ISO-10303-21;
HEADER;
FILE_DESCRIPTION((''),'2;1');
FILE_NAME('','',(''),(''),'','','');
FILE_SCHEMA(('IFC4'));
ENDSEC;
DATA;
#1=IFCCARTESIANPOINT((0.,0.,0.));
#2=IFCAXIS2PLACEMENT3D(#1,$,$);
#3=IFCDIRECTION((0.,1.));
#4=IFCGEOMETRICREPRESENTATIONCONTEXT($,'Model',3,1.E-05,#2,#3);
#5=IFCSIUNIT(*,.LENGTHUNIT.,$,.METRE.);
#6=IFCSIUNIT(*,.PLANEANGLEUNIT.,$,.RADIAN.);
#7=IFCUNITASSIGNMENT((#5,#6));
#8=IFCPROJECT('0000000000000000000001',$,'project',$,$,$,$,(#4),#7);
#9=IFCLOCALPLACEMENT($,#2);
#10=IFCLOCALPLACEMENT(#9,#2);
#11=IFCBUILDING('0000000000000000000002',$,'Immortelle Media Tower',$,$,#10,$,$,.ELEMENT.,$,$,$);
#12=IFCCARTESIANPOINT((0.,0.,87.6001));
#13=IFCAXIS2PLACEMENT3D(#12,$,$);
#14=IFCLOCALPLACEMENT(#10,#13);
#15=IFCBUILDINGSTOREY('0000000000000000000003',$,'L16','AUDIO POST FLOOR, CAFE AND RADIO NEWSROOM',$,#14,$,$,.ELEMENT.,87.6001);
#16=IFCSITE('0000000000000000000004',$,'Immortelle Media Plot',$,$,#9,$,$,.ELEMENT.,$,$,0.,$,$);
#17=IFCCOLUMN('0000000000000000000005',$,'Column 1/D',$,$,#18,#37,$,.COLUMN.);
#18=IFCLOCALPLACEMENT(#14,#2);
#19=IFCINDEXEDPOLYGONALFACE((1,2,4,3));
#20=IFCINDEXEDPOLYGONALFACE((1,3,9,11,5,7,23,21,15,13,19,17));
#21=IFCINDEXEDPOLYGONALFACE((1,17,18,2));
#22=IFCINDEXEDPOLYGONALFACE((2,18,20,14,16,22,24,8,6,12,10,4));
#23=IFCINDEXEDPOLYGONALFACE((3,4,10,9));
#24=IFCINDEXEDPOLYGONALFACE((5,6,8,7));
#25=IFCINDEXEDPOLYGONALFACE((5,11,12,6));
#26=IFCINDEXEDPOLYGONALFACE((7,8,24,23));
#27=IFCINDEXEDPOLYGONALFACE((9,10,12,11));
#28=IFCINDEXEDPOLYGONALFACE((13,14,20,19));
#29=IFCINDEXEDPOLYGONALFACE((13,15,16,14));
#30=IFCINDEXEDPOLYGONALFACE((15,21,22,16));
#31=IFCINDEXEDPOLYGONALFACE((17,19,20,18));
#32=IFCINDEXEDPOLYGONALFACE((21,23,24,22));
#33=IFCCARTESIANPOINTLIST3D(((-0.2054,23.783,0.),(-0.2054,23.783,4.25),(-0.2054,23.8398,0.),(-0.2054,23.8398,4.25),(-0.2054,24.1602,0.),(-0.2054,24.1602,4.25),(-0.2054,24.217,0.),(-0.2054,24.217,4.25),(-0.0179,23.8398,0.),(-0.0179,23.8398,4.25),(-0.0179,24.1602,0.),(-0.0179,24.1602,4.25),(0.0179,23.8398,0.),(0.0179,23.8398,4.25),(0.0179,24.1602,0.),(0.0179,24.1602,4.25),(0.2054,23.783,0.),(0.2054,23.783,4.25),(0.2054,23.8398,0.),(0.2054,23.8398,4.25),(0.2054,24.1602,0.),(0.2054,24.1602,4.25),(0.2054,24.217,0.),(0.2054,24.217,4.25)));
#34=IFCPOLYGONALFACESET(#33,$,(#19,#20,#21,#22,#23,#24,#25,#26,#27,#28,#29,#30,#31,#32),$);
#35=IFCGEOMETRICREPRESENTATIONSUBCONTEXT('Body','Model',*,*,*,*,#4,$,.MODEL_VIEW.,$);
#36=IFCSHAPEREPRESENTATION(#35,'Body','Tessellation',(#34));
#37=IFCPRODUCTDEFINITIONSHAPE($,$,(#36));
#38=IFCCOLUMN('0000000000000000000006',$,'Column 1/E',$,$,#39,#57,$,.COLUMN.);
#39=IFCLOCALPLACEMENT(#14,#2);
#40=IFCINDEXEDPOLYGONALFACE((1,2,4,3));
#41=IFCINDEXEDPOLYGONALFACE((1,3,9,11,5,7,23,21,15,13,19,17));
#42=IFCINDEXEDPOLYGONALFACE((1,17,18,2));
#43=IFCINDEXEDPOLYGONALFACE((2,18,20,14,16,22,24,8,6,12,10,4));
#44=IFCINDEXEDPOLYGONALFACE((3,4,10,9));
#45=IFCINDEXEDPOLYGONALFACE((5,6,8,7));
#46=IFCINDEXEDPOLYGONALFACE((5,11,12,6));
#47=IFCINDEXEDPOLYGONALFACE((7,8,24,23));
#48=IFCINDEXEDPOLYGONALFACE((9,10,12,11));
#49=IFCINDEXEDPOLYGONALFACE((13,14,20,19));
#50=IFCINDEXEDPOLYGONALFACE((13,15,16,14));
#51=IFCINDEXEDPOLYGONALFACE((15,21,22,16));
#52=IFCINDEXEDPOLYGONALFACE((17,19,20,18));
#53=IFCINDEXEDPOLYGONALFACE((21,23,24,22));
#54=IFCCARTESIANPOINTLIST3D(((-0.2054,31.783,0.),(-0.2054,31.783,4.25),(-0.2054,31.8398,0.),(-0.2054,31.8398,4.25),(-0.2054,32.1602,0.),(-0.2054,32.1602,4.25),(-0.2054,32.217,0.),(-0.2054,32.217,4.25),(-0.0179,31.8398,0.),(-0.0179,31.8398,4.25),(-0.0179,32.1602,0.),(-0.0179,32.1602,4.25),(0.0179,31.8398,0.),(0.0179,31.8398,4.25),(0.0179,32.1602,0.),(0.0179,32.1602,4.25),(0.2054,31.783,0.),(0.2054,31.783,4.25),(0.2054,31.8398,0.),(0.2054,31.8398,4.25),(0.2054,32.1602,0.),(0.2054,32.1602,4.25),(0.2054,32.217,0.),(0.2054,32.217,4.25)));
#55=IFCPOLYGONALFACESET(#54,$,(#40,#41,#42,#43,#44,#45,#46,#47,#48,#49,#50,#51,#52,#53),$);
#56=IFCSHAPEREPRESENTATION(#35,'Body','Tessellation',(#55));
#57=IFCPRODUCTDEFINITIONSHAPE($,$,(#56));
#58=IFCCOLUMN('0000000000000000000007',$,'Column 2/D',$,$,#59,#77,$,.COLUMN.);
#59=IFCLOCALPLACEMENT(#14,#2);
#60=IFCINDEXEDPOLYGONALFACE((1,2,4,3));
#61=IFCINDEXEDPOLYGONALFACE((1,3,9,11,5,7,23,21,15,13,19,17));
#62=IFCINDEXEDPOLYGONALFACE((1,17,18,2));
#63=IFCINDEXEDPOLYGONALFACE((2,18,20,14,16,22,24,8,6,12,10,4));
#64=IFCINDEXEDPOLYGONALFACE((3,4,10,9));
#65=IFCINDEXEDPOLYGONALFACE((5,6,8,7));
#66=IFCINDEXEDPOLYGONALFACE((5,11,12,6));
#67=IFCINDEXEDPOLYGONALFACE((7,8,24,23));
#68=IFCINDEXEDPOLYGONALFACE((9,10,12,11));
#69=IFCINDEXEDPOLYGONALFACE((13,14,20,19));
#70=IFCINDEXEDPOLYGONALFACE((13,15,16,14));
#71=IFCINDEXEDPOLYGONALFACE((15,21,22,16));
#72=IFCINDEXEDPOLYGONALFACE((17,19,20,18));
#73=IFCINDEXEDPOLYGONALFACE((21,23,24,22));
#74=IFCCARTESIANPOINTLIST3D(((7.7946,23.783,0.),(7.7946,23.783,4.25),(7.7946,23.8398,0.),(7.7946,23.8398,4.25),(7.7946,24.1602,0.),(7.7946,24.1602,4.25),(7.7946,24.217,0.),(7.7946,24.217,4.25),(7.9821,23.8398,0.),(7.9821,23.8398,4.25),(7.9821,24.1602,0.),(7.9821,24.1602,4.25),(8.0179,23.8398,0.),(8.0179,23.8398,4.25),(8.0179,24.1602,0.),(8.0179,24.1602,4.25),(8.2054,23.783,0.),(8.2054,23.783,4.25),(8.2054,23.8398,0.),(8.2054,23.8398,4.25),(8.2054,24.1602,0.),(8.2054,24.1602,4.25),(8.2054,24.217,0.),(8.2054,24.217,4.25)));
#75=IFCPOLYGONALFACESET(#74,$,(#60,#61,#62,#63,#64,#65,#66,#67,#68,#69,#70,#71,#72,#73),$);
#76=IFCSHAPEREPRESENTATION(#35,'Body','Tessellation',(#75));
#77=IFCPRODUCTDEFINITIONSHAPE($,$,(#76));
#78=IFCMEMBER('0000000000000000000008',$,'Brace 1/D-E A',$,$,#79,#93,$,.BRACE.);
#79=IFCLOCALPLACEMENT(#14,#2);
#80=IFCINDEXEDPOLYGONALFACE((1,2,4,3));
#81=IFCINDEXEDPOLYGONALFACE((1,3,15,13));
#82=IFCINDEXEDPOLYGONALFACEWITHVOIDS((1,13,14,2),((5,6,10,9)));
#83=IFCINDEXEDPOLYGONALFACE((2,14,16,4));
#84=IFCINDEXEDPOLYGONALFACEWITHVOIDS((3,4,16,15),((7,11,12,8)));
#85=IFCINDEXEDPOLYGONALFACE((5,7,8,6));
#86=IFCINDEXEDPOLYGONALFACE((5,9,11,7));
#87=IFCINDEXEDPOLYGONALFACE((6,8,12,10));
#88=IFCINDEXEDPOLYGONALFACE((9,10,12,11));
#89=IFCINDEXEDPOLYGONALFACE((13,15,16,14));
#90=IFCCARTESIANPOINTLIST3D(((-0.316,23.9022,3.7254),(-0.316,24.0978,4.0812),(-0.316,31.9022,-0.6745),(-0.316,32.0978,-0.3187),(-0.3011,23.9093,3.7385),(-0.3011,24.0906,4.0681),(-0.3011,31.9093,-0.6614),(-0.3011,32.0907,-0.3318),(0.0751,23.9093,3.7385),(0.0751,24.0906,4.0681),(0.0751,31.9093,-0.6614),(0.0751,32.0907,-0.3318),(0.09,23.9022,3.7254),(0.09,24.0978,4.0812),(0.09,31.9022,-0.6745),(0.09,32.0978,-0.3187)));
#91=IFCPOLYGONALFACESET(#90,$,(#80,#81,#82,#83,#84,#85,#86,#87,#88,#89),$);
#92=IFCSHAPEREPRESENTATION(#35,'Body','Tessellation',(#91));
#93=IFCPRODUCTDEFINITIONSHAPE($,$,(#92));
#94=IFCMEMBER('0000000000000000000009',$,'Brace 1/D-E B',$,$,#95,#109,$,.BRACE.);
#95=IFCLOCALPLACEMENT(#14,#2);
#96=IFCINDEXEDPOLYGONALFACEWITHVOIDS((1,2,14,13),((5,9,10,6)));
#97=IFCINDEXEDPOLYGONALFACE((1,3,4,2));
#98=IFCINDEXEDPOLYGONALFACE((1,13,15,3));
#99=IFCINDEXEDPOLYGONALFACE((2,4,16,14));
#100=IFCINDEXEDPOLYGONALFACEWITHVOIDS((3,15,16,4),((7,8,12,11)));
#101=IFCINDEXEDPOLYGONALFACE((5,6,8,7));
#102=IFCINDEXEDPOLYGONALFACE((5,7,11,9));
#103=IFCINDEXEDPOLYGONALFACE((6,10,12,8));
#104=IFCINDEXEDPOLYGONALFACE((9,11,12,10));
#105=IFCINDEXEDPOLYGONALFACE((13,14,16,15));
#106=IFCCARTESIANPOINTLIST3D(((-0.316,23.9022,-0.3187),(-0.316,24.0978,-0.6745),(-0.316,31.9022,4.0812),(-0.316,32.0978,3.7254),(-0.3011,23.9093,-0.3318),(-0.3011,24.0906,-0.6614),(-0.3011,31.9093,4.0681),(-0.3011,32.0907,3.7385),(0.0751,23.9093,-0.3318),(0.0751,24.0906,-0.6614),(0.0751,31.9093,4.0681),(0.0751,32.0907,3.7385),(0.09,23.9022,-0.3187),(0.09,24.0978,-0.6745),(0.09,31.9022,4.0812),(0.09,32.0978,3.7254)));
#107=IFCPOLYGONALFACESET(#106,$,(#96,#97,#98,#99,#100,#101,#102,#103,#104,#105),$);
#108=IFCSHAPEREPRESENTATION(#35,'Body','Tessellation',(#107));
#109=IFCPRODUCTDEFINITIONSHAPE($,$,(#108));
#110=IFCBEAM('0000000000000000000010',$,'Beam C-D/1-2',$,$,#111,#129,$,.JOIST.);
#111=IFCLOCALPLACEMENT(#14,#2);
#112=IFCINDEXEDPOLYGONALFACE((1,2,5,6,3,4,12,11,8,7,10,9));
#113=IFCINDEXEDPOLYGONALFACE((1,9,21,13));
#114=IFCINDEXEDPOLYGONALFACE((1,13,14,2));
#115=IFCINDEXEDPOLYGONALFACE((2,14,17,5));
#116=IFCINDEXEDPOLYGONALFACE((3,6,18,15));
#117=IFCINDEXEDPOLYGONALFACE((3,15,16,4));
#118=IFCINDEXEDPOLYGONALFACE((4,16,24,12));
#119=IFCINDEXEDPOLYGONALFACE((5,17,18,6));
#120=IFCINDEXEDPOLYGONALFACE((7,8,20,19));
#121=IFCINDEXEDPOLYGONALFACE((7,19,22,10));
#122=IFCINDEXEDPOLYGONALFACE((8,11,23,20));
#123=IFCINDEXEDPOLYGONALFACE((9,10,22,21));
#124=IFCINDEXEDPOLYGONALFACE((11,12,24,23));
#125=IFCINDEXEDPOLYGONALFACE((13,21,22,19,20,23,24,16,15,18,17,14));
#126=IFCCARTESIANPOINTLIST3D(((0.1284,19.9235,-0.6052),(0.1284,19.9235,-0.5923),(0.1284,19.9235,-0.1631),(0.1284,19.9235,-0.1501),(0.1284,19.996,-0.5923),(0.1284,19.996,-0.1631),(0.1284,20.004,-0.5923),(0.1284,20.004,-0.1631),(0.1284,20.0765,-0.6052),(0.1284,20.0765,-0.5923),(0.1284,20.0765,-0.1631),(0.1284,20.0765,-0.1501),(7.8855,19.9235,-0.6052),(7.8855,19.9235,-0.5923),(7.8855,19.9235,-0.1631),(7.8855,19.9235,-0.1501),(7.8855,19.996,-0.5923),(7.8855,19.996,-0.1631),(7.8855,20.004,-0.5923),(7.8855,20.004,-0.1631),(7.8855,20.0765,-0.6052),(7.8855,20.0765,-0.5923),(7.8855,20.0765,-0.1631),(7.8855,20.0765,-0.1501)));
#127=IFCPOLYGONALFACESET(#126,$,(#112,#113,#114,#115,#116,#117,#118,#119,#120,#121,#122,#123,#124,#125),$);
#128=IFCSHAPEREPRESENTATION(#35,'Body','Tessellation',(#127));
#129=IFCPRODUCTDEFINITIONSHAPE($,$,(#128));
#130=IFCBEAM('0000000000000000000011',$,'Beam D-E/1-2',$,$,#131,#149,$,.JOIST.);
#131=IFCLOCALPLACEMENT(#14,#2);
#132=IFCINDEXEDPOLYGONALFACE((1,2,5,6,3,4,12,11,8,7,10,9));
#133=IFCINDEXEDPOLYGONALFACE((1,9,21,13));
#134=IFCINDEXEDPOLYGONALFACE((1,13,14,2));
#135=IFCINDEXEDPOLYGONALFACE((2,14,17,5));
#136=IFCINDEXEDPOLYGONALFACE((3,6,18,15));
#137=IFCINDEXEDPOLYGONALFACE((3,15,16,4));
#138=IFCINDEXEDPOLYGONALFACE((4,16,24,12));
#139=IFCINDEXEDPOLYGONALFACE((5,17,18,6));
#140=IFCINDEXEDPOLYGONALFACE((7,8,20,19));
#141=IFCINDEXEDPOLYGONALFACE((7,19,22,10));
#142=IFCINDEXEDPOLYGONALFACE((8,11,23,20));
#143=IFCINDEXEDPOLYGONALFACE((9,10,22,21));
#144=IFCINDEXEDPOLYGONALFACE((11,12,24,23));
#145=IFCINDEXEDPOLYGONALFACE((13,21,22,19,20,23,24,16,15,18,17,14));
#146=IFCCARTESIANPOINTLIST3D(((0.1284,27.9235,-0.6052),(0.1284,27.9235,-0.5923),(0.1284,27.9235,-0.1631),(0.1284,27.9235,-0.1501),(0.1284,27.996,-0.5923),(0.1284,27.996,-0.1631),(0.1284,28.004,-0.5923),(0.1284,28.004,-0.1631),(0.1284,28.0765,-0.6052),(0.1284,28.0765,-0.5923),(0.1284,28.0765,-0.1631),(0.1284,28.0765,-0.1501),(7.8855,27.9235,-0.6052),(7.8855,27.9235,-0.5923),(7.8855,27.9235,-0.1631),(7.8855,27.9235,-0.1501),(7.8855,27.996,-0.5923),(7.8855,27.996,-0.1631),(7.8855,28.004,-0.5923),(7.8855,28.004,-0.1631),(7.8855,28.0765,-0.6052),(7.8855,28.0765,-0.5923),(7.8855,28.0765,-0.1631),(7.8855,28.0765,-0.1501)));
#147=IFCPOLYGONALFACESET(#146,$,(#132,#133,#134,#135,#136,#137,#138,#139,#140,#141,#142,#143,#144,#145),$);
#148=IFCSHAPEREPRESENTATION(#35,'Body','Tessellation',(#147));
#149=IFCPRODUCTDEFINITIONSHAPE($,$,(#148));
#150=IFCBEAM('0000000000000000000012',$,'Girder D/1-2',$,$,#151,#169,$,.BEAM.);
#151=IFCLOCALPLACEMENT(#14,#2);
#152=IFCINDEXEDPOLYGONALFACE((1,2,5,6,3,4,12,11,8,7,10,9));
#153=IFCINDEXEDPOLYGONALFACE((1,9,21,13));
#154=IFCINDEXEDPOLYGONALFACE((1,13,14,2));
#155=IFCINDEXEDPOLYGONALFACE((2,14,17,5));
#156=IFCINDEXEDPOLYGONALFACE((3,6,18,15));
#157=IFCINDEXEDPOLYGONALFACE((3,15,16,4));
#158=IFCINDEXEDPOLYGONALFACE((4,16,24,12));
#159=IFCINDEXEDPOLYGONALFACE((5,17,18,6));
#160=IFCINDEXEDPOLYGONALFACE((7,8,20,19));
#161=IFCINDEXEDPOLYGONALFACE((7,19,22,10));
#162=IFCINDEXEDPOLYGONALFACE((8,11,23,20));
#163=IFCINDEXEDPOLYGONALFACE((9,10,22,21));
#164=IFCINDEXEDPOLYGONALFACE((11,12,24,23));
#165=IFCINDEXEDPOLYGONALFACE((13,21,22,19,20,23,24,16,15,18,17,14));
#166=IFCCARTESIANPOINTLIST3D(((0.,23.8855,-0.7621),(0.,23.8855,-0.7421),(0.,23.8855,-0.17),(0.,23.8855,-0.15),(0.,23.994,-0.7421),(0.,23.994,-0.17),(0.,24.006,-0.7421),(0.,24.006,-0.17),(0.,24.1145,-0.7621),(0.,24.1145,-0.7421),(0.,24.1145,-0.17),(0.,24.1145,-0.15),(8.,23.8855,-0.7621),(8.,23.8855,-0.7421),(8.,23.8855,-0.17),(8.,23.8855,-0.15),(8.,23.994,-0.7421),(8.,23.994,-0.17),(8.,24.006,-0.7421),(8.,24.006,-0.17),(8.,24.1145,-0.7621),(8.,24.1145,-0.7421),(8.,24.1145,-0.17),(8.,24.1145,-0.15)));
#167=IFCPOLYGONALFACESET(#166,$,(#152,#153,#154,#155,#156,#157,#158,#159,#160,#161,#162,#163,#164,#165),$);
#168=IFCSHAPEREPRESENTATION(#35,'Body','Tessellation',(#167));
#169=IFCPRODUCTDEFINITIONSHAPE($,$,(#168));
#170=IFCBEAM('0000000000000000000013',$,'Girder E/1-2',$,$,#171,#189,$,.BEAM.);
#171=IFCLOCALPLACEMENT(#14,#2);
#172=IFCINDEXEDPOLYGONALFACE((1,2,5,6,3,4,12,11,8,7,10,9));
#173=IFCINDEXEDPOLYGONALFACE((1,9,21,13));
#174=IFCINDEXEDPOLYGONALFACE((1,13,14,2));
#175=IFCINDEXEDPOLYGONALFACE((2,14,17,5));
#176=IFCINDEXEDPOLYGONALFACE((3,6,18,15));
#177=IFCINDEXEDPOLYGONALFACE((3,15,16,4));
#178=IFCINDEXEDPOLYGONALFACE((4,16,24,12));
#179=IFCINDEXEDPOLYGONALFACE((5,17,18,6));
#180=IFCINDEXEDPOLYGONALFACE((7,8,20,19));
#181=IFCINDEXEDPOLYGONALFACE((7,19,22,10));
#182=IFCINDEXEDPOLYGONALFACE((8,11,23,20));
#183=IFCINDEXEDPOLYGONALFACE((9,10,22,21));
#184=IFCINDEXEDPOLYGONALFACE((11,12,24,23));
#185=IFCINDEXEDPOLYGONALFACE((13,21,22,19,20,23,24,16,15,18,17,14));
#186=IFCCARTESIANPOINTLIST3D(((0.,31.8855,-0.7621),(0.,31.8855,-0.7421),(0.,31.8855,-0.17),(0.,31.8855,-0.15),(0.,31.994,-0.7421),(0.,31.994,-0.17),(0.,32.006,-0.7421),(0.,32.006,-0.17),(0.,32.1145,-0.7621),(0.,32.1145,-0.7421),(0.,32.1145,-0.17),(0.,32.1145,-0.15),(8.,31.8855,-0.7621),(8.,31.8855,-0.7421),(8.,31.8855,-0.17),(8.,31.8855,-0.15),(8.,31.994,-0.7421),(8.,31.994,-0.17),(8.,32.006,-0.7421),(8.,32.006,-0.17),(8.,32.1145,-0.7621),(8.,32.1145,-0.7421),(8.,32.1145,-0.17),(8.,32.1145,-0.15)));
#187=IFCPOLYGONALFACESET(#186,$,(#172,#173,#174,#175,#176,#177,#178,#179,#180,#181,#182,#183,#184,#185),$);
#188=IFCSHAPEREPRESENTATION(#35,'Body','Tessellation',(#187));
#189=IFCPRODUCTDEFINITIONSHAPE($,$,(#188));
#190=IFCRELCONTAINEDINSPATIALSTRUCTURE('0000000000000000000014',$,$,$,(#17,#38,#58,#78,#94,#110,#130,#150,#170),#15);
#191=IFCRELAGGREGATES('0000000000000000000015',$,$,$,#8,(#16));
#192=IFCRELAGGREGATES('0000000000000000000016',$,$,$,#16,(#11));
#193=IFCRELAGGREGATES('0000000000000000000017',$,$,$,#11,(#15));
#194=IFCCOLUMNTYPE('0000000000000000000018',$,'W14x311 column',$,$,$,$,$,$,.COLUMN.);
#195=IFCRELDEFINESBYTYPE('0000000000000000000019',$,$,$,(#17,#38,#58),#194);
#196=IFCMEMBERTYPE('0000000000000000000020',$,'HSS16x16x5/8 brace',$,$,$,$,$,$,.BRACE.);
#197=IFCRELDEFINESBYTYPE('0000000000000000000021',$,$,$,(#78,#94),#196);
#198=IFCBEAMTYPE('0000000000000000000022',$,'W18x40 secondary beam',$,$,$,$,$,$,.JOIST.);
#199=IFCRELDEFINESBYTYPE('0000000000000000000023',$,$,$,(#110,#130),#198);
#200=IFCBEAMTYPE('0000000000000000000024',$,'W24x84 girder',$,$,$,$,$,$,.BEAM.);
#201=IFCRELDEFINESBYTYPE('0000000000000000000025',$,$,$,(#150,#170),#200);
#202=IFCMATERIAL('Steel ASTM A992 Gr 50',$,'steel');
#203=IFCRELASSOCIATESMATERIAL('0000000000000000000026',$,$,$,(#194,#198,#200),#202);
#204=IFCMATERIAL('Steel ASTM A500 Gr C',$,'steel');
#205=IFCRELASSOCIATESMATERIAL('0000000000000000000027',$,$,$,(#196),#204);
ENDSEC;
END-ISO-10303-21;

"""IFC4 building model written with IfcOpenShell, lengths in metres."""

from ifc_helpers import new_model, si_unit, direction, frame, origin, origin_2d, place, context, subcontext, project, spatial, hollow_rectangle, i_section, extrude, material, material_profile, profile_set, type_object, element, save


model = new_model("IFC4")

# Units and contexts
model_context = context("Model", 3, precision=1e-05, world=origin(), true_north=direction((0.0, 1.0)))
body_context = subcontext(model_context, "Body", "Model", "MODEL_VIEW")
ifc_project = project(units=[si_unit("LENGTHUNIT", "METRE"), si_unit("PLANEANGLEUNIT", "RADIAN")], contexts=[model_context])

# Site, building, storey
site_placement = place(None, origin())
site = spatial("IfcSite", under=ifc_project, at=site_placement, Name="Immortelle Media Plot", CompositionType="ELEMENT", RefElevation=0.0)
building_placement = place(site_placement, origin())
building = spatial("IfcBuilding", under=site, at=building_placement, Name="Immortelle Media Tower", CompositionType="ELEMENT")
storey_placement = place(building_placement, frame((0.0, 0.0, 87.6001)))
storey = spatial("IfcBuildingStorey", under=building, at=storey_placement, Name="L16", Description="AUDIO POST FLOOR, CAFE AND RADIO NEWSROOM", CompositionType="ELEMENT", Elevation=87.6001)

# Columns
ifc_material_1 = material(Name="Steel ASTM A992 Gr 50", Category="steel")
ifc_material_profile_1 = material_profile(ifc_material_1, i_section(OverallWidth=0.4109, OverallDepth=0.4341, WebThickness=0.0359, FlangeThickness=0.0569, at=origin_2d()), Name="W14x311")
ifc_profile_set_1 = profile_set([ifc_material_profile_1], Name="Steel ASTM A992 Gr 50")
column_type = type_object("IfcColumnType", Name="W14x311 column", PredefinedType="COLUMN", material=ifc_profile_set_1)
for number, where, z_axis, x_axis, name in (
    (1, (0.0, 24.0, 0.0), (0.0, 0.0, 1.0), (1.0, 0.0, 0.0), "Column 1/D"),
    (2, (0.0, 32.0, 0.0), (0.0, 0.0, 1.0), (1.0, 0.0, 0.0), "Column 1/E"),
    (3, (8.0, 24.0, 0.0), (0.0, 0.0, 1.0), (1.0, 0.0, 0.0), "Column 2/D"),
):
    element("IfcColumn", number, at=place(storey_placement, frame(where, z_axis=z_axis, x_axis=x_axis)), inside=storey, type_object=column_type, Name=name, PredefinedType="COLUMN", context=body_context, shape_type="SweptSolid", body=[
        extrude(i_section(OverallWidth=0.4109, OverallDepth=0.4341, WebThickness=0.0359, FlangeThickness=0.0569, at=origin_2d()), origin(), (0.0, 0.0, 1.0), 4.25),
    ])

# Members
ifc_material_2 = material(Name="Steel ASTM A500 Gr C", Category="steel")
ifc_material_profile_2 = material_profile(ifc_material_2, hollow_rectangle(XDim=0.406, YDim=0.406, WallThickness=0.0149, at=origin_2d()), Name="HSS16x16x5/8 brace")
ifc_profile_set_2 = profile_set([ifc_material_profile_2], Name="Steel ASTM A500 Gr C")
member_type = type_object("IfcMemberType", Name="HSS16x16x5/8 brace", PredefinedType="BRACE", material=ifc_profile_set_2)
for number, where, z_axis, x_axis, name in (
    (4, (-0.113, 32.0, -0.4966), (0.0, -0.87622, 0.481911), (1.0, 0.0, 0.0), "Brace 1/D-E A"),
    (5, (-0.113, 32.0, 3.9033), (0.0, -0.87622, -0.481911), (1.0, 0.0, 0.0), "Brace 1/D-E B"),
):
    element("IfcMember", number, at=place(storey_placement, frame(where, z_axis=z_axis, x_axis=x_axis)), inside=storey, type_object=member_type, Name=name, PredefinedType="BRACE", context=body_context, shape_type="SweptSolid", body=[
        extrude(hollow_rectangle(XDim=0.406, YDim=0.406, WallThickness=0.0149, at=origin_2d()), origin(), (0.0, 0.0, 1.0), 9.1301),
    ])

# Beams
ifc_material_profile_3 = material_profile(ifc_material_1, i_section(OverallWidth=0.1531, OverallDepth=0.4551, WebThickness=0.0081, FlangeThickness=0.0129, at=origin_2d()), Name="W18x40")
ifc_profile_set_3 = profile_set([ifc_material_profile_3], Name="Steel ASTM A992 Gr 50")
beam_type_1 = type_object("IfcBeamType", Name="W18x40 secondary beam", PredefinedType="JOIST", material=ifc_profile_set_3)
for number, where, z_axis, x_axis, name in (
    (6, (0.1284, 20.0, -0.3777), (1.0, 0.0, 0.0), (0.0, 1.0, 0.0), "Beam C-D/1-2"),
    (7, (0.1284, 28.0, -0.3777), (1.0, 0.0, 0.0), (0.0, 1.0, 0.0), "Beam D-E/1-2"),
):
    element("IfcBeam", number, at=place(storey_placement, frame(where, z_axis=z_axis, x_axis=x_axis)), inside=storey, type_object=beam_type_1, Name=name, PredefinedType="JOIST", context=body_context, shape_type="SweptSolid", body=[
        extrude(i_section(OverallWidth=0.1531, OverallDepth=0.4551, WebThickness=0.0081, FlangeThickness=0.0129, at=origin_2d()), origin(), (0.0, 0.0, 1.0), 7.7571),
    ])
ifc_material_profile_4 = material_profile(ifc_material_1, i_section(OverallWidth=0.229, OverallDepth=0.6121, WebThickness=0.012, FlangeThickness=0.02, at=origin_2d()), Name="W24x84")
ifc_profile_set_4 = profile_set([ifc_material_profile_4], Name="Steel ASTM A992 Gr 50")
beam_type_2 = type_object("IfcBeamType", Name="W24x84 girder", PredefinedType="BEAM", material=ifc_profile_set_4)
for number, where, z_axis, x_axis, name in (
    (8, (0.0, 24.0, -0.4561), (1.0, 0.0, 0.0), (0.0, 1.0, 0.0), "Girder D/1-2"),
    (9, (0.0, 32.0, -0.4561), (1.0, 0.0, 0.0), (0.0, 1.0, 0.0), "Girder E/1-2"),
):
    element("IfcBeam", number, at=place(storey_placement, frame(where, z_axis=z_axis, x_axis=x_axis)), inside=storey, type_object=beam_type_2, Name=name, PredefinedType="BEAM", context=body_context, shape_type="SweptSolid", body=[
        extrude(i_section(OverallWidth=0.229, OverallDepth=0.6121, WebThickness=0.012, FlangeThickness=0.02, at=origin_2d()), origin(), (0.0, 0.0, 1.0), 8.0),
    ])

save(model, "model.ifc")
